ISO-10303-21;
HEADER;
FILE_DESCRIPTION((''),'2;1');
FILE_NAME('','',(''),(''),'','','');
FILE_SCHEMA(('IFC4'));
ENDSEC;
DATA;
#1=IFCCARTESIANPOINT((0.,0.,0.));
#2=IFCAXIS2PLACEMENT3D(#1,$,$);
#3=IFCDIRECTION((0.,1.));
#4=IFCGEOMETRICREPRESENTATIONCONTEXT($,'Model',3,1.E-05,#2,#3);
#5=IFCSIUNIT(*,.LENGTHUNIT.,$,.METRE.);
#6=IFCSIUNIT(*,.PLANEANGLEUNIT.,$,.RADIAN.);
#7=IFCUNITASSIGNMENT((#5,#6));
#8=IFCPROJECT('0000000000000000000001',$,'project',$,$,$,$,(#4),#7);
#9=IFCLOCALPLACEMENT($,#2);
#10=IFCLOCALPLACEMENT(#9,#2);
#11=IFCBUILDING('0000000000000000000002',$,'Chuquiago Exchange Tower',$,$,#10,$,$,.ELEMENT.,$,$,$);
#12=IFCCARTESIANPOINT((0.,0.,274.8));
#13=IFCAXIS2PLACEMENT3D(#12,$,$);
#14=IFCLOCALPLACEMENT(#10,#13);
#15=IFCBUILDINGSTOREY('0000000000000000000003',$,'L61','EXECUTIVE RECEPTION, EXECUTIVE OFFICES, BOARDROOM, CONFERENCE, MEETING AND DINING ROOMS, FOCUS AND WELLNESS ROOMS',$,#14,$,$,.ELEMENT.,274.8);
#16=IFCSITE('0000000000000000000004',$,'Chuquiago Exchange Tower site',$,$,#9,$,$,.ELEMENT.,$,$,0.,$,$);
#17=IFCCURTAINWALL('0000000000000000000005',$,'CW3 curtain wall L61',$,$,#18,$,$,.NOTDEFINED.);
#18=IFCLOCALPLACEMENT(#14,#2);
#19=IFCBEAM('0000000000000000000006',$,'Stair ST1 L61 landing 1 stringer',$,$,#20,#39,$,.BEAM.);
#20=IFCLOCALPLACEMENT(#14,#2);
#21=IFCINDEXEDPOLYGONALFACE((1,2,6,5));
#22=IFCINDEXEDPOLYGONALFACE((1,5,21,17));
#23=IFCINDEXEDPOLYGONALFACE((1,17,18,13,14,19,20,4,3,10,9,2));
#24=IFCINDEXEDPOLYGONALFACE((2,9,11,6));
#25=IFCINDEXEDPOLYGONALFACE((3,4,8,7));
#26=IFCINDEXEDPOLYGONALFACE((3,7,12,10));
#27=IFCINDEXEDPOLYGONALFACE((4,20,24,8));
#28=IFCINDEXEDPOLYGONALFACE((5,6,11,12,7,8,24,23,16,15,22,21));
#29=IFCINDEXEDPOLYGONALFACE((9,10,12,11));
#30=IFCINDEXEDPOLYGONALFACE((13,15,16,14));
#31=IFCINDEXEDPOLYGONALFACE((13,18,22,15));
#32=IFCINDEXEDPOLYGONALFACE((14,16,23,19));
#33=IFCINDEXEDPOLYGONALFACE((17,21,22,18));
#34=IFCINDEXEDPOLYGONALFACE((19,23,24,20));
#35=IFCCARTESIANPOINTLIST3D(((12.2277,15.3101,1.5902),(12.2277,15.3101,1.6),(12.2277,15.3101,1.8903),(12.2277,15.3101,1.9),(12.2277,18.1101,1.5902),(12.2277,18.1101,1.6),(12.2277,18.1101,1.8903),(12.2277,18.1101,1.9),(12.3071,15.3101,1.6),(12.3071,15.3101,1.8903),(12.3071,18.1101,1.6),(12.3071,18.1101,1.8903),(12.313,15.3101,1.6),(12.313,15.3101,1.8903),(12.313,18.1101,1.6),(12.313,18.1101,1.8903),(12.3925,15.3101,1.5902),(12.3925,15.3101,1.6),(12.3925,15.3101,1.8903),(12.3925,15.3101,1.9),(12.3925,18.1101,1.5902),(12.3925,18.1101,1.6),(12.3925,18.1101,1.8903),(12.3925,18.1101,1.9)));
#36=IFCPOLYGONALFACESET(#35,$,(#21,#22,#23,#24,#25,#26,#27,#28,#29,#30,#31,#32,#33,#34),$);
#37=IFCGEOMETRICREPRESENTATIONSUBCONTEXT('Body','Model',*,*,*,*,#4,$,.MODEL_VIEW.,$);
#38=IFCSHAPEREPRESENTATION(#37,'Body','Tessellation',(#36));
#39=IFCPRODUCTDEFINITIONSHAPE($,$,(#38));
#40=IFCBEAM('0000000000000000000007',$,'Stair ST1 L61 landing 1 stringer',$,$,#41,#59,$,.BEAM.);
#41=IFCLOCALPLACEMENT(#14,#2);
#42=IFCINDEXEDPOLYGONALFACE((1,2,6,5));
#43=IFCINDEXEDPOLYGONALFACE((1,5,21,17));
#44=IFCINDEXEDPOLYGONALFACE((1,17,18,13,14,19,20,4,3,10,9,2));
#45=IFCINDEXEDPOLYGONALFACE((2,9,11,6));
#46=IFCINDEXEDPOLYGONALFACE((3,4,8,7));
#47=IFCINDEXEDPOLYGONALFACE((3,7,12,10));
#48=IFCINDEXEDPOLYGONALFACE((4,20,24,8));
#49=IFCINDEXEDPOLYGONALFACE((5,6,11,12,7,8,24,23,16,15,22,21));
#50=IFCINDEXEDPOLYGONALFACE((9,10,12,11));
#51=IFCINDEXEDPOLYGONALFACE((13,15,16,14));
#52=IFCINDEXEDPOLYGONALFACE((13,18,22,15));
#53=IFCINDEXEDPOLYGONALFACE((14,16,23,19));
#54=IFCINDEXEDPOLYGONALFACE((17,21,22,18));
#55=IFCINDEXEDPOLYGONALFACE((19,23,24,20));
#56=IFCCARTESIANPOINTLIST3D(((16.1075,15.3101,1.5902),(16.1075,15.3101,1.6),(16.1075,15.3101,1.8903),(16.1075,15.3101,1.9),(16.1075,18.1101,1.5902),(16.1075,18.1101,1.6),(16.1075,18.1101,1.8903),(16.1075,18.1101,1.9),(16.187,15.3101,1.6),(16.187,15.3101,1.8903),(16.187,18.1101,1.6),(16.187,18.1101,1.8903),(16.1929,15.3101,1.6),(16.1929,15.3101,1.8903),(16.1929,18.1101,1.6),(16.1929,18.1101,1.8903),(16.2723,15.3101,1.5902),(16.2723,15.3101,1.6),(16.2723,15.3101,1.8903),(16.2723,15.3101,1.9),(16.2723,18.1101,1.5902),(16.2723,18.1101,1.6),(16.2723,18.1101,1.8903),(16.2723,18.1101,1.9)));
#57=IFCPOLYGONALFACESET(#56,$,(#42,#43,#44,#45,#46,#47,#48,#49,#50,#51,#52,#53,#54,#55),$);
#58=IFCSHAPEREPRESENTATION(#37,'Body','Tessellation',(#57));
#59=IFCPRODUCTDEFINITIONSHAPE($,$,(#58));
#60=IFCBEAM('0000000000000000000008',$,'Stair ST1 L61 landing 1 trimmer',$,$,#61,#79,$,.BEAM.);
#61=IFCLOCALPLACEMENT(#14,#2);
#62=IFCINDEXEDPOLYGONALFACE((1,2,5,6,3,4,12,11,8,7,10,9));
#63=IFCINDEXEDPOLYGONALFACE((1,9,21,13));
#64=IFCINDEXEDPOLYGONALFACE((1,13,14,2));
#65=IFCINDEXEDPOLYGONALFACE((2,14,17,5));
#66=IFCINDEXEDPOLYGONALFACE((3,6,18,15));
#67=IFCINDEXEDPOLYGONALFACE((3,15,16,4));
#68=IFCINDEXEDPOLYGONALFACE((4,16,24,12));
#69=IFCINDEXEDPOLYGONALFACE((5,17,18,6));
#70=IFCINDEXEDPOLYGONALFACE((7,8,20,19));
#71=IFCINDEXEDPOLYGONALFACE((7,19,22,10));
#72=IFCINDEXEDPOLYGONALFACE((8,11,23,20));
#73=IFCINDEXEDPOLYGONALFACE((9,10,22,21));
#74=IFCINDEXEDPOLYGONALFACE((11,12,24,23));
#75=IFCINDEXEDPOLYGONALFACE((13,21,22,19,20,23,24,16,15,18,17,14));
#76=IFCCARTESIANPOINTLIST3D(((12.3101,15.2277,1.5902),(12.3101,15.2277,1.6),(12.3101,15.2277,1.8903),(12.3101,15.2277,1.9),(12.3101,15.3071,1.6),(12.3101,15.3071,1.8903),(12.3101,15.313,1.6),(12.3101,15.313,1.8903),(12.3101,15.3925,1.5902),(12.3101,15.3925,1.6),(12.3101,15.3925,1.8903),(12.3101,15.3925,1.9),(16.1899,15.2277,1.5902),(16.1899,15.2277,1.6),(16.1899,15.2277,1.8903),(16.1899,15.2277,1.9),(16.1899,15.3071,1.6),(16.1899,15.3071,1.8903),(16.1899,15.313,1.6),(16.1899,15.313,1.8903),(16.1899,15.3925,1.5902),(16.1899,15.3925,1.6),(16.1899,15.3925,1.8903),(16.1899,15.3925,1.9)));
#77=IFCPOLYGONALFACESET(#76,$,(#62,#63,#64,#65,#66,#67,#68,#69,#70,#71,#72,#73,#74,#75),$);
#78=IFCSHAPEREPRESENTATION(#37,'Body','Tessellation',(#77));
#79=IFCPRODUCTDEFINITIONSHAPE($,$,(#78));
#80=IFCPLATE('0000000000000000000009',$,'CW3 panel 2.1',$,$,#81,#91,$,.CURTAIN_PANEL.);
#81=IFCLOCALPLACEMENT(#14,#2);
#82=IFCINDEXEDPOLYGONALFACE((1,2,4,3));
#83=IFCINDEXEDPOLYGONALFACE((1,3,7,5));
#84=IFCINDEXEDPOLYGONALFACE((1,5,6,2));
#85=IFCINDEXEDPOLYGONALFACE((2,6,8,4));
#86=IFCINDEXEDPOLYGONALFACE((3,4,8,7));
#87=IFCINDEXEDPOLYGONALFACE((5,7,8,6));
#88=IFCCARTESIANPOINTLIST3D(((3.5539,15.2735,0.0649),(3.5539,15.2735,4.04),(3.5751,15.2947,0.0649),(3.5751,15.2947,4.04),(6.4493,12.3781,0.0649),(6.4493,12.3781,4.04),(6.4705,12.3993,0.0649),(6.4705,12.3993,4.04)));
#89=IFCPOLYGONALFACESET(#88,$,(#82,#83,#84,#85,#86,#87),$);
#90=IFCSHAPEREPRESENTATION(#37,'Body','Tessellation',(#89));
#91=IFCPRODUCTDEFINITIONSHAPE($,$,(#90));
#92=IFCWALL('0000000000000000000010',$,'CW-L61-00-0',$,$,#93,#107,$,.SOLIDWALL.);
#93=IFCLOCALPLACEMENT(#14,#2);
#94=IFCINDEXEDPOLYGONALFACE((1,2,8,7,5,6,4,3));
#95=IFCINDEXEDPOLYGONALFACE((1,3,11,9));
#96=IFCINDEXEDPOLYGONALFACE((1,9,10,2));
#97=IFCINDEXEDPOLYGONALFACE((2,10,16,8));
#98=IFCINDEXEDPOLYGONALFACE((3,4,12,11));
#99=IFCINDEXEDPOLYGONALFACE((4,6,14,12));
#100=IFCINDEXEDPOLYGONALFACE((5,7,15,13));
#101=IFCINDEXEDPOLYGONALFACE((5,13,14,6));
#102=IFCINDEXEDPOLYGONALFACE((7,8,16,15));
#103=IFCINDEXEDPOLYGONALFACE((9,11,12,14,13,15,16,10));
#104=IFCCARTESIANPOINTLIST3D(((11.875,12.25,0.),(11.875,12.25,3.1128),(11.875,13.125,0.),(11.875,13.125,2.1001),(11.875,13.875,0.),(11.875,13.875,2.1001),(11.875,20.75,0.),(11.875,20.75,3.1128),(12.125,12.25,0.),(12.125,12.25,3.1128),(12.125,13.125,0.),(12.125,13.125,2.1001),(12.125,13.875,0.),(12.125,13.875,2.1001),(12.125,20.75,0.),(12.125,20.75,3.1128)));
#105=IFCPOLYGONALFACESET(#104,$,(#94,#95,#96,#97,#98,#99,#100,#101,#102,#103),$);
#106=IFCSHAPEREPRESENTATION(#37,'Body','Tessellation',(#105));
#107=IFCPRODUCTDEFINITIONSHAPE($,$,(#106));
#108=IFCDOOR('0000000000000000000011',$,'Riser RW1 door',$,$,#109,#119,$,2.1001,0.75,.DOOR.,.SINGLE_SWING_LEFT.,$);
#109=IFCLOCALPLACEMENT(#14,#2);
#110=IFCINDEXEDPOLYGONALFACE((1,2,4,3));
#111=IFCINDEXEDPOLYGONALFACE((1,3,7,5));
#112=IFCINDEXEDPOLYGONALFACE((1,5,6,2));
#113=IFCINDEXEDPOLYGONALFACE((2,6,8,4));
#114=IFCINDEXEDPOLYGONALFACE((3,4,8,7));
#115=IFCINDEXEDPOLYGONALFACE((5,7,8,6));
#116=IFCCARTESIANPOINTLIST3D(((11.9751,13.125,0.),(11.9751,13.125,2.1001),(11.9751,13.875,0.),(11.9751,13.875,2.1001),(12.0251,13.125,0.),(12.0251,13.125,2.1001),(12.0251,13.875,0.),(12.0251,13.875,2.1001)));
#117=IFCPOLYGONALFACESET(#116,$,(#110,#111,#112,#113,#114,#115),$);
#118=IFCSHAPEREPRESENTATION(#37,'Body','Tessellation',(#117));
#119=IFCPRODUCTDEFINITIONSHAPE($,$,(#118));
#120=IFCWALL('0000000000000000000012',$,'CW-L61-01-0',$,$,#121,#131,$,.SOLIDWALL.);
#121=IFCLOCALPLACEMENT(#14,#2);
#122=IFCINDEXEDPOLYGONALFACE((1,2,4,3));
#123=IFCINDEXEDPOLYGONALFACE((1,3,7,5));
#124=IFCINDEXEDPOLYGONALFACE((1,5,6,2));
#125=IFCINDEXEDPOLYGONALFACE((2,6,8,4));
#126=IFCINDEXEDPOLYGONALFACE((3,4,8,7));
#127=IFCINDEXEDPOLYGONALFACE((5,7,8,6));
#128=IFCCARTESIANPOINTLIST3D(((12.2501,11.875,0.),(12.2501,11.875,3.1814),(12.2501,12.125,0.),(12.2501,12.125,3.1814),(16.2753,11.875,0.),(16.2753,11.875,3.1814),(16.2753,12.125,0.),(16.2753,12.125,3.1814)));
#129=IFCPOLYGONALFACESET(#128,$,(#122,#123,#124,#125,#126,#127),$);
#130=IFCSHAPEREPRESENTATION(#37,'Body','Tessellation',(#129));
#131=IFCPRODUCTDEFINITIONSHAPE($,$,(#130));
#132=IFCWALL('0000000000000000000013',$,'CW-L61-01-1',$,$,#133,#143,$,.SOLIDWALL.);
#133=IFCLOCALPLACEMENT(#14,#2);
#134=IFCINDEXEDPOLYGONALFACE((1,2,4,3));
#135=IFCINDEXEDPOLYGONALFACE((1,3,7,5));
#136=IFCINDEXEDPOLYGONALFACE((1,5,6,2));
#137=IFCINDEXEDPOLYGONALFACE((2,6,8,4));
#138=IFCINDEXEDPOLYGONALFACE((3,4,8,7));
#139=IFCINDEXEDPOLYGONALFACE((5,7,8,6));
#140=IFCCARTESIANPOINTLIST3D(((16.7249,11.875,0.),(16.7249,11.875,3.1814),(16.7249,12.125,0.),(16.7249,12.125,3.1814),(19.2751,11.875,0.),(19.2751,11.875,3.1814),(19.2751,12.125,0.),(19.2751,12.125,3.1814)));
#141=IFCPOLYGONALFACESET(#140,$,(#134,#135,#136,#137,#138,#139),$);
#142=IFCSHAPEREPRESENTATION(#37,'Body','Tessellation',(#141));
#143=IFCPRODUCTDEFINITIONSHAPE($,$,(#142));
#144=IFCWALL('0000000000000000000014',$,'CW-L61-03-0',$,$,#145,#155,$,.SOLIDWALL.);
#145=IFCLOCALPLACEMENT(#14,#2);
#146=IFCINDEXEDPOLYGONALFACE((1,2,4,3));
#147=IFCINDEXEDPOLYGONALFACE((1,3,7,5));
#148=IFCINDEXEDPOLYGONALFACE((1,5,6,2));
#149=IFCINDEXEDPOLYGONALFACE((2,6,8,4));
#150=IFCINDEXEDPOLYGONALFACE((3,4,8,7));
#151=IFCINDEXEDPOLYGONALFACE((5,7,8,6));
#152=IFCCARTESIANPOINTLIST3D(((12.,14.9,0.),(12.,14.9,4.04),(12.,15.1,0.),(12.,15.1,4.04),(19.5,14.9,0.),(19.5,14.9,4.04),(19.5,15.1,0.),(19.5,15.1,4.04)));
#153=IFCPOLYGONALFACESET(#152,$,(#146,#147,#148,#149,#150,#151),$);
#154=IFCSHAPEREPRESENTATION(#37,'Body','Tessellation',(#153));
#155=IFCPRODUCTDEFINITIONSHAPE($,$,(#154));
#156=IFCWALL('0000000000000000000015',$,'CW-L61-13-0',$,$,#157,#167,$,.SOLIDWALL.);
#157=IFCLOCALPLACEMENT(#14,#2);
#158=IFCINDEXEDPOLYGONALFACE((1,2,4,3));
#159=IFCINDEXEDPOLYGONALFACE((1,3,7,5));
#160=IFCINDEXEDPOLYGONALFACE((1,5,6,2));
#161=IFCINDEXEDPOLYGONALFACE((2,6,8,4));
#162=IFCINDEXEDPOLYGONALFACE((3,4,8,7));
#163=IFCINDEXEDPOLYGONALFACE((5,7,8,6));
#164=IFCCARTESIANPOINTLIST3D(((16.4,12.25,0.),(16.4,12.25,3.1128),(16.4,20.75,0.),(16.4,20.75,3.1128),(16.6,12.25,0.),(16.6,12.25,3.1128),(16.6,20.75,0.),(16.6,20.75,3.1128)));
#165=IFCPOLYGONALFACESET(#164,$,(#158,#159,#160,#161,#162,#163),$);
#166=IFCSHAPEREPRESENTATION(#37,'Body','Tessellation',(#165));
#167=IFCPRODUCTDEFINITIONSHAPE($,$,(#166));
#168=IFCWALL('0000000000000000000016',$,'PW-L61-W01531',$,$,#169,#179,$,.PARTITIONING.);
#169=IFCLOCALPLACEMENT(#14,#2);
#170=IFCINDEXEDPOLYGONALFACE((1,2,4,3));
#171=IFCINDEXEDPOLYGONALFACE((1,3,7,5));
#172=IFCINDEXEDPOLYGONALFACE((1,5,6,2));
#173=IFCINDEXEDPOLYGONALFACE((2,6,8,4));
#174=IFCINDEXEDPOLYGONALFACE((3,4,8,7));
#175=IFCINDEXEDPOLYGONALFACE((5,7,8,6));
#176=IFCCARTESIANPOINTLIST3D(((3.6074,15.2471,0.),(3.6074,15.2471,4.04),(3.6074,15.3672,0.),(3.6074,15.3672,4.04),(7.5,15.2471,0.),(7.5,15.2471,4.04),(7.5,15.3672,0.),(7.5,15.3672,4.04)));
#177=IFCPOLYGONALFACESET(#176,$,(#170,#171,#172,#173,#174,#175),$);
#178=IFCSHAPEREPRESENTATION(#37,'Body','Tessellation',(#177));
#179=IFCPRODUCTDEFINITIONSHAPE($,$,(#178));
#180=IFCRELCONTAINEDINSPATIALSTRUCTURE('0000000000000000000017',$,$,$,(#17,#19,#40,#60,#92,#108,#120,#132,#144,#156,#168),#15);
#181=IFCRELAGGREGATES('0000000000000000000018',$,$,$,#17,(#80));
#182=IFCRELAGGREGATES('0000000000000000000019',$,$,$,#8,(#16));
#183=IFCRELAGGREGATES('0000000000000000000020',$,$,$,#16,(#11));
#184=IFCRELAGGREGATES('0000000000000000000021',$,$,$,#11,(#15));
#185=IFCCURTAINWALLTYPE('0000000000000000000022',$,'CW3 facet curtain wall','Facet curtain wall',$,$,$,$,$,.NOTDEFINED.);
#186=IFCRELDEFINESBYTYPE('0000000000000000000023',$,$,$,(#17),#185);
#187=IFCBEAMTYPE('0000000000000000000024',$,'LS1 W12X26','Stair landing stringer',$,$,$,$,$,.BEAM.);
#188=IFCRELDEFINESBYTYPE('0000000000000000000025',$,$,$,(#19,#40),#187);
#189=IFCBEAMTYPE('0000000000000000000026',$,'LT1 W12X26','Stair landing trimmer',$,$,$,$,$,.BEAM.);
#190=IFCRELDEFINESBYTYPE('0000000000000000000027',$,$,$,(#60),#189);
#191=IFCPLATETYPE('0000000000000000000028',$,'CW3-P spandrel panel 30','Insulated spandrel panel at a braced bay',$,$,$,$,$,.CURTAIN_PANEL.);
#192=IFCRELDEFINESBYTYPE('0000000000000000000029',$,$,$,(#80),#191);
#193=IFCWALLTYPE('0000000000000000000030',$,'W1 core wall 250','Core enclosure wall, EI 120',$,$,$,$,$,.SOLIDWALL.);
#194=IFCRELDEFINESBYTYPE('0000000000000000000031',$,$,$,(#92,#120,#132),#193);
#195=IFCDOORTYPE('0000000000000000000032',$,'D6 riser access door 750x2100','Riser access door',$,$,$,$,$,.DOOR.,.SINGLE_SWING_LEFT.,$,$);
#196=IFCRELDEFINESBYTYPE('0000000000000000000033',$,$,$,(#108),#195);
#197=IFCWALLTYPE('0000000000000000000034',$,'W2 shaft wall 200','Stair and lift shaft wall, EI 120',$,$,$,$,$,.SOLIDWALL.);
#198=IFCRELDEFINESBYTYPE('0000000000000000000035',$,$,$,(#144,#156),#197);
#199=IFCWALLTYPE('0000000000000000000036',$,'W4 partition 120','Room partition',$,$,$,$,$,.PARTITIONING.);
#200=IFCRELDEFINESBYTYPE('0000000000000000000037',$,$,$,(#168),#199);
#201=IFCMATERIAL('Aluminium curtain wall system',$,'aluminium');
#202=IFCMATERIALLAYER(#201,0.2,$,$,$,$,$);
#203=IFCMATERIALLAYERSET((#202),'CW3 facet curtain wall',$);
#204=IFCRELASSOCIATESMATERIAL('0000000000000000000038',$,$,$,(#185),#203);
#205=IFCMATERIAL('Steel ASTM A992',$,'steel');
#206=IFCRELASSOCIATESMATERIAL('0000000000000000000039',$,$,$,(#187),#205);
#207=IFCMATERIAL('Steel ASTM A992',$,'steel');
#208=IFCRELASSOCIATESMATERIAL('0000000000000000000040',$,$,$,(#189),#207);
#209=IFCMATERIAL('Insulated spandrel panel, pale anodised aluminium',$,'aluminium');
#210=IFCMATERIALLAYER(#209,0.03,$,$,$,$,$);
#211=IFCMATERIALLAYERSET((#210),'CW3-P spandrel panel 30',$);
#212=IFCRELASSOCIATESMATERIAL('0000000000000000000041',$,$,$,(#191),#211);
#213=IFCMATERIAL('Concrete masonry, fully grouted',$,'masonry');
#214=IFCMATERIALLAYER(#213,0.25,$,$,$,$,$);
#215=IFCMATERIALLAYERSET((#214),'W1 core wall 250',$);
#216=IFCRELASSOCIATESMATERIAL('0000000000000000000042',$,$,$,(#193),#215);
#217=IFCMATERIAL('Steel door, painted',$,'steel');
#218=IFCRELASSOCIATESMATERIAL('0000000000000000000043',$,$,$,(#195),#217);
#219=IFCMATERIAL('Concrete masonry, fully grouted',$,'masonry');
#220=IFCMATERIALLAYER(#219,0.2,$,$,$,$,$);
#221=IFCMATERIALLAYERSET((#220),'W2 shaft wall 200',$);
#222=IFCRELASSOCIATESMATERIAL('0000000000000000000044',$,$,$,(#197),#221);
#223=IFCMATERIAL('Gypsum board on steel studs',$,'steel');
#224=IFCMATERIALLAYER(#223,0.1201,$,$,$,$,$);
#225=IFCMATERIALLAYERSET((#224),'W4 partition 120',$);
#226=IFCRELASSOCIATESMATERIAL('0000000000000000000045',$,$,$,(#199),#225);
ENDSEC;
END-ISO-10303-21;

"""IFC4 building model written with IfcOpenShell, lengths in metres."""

from ifc_helpers import new_model, si_unit, direction, frame, frame_2d, origin, origin_2d, place, context, subcontext, project, spatial, rectangle, i_section, extrude, material, layer, layer_set, material_profile, profile_set, type_object, element, fill, aggregate, save


model = new_model("IFC4")

# Units and contexts
model_context = context("Model", 3, precision=1e-05, world=origin(), true_north=direction((0.0, 1.0)))
body_context = subcontext(model_context, "Body", "Model", "MODEL_VIEW")
ifc_project = project(units=[si_unit("LENGTHUNIT", "METRE"), si_unit("PLANEANGLEUNIT", "RADIAN")], contexts=[model_context])

# Site, building, storey
site_placement = place(None, origin())
site = spatial("IfcSite", under=ifc_project, at=site_placement, Name="Chuquiago Exchange Tower site", CompositionType="ELEMENT", RefElevation=0.0)
building_placement = place(site_placement, origin())
building = spatial("IfcBuilding", under=site, at=building_placement, Name="Chuquiago Exchange Tower", CompositionType="ELEMENT")
storey_placement = place(building_placement, frame((0.0, 0.0, 274.8)))
storey = spatial("IfcBuildingStorey", under=building, at=storey_placement, Name="L61", Description="EXECUTIVE RECEPTION, EXECUTIVE OFFICES, BOARDROOM, CONFERENCE, MEETING AND DINING ROOMS, FOCUS AND WELLNESS ROOMS", CompositionType="ELEMENT", Elevation=274.8)

# Curtain wall
ifc_material_1 = material(Name="Aluminium curtain wall system", Category="aluminium")
ifc_layer_1 = layer(ifc_material_1, 0.2)
ifc_layer_set_1 = layer_set([ifc_layer_1], Name="CW3 facet curtain wall")
curtain_wall_type = type_object("IfcCurtainWallType", Name="CW3 facet curtain wall", Description="Facet curtain wall", PredefinedType="NOTDEFINED", material=ifc_layer_set_1)
curtain_wall_placement = place(storey_placement, origin())
curtain_wall = element("IfcCurtainWall", 1, at=curtain_wall_placement, inside=storey, type_object=curtain_wall_type, Name="CW3 curtain wall L61", PredefinedType="NOTDEFINED")

# Beams
ifc_material_2 = material(Name="Steel ASTM A992", Category="steel")
ifc_material_profile_1 = material_profile(ifc_material_2, i_section(OverallWidth=0.1648, OverallDepth=0.3098, WebThickness=0.0059, FlangeThickness=0.0098, at=origin_2d()), Name="W12X26")
ifc_profile_set_1 = profile_set([ifc_material_profile_1], Name="Steel ASTM A992")
beam_type_1 = type_object("IfcBeamType", Name="LS1 W12X26", Description="Stair landing stringer", PredefinedType="BEAM", material=ifc_profile_set_1)
for number, where, z_axis, x_axis, name in (
    (2, (12.3101, 15.3101, 1.7451), (0.0, 1.0, 0.0), (-1.0, 0.0, 0.0), "Stair ST1 L61 landing 1 stringer"),
    (3, (16.1899, 15.3101, 1.7451), (0.0, 1.0, 0.0), (-1.0, 0.0, 0.0), "Stair ST1 L61 landing 1 stringer"),
):
    element("IfcBeam", number, at=place(storey_placement, frame(where, z_axis=z_axis, x_axis=x_axis)), inside=storey, type_object=beam_type_1, Name=name, PredefinedType="BEAM", context=body_context, shape_type="SweptSolid", body=[
        extrude(i_section(OverallWidth=0.1648, OverallDepth=0.3098, WebThickness=0.0059, FlangeThickness=0.0098, at=origin_2d()), origin(), (0.0, 0.0, 1.0), 2.8),
    ])
ifc_material_3 = material(Name="Steel ASTM A992", Category="steel")
ifc_material_profile_2 = material_profile(ifc_material_3, i_section(OverallWidth=0.1648, OverallDepth=0.3098, WebThickness=0.0059, FlangeThickness=0.0098, at=origin_2d()), Name="W12X26")
ifc_profile_set_2 = profile_set([ifc_material_profile_2], Name="Steel ASTM A992")
beam_type_2 = type_object("IfcBeamType", Name="LT1 W12X26", Description="Stair landing trimmer", PredefinedType="BEAM", material=ifc_profile_set_2)
beam_1_placement = place(storey_placement, frame((12.3101, 15.3101, 1.7451), z_axis=(1.0, 0.0, 0.0), x_axis=(0.0, 1.0, 0.0)))
element("IfcBeam", 4, at=beam_1_placement, inside=storey, type_object=beam_type_2, Name="Stair ST1 L61 landing 1 trimmer", PredefinedType="BEAM", context=body_context, shape_type="SweptSolid", body=[
    extrude(i_section(OverallWidth=0.1648, OverallDepth=0.3098, WebThickness=0.0059, FlangeThickness=0.0098, at=origin_2d()), origin(), (0.0, 0.0, 1.0), 3.8799),
])

# Plate
ifc_material_4 = material(Name="Insulated spandrel panel, pale anodised aluminium", Category="aluminium")
ifc_layer_2 = layer(ifc_material_4, 0.03)
ifc_layer_set_2 = layer_set([ifc_layer_2], Name="CW3-P spandrel panel 30")
plate_type = type_object("IfcPlateType", Name="CW3-P spandrel panel 30", Description="Insulated spandrel panel at a braced bay", PredefinedType="CURTAIN_PANEL", material=ifc_layer_set_2)
plate_placement = place(storey_placement, frame((5.0122, 13.8364, 0.0649), z_axis=(0.0, 0.0, 1.0), x_axis=(0.707107, -0.707107, 0.0)))
plate = element("IfcPlate", 5, at=plate_placement, type_object=plate_type, Name="CW3 panel 2.1", PredefinedType="CURTAIN_PANEL", context=body_context, shape_type="SweptSolid", body=[
    extrude(rectangle(XDim=4.0947, YDim=0.03, at=origin_2d()), origin(), (0.0, 0.0, 1.0), 3.9751),
])
aggregate(curtain_wall, [plate])

# Wall, opening, door
ifc_material_5 = material(Name="Concrete masonry, fully grouted", Category="masonry")
ifc_layer_3 = layer(ifc_material_5, 0.25)
ifc_layer_set_3 = layer_set([ifc_layer_3], Name="W1 core wall 250")
wall_type_1 = type_object("IfcWallType", Name="W1 core wall 250", Description="Core enclosure wall, EI 120", PredefinedType="SOLIDWALL", material=ifc_layer_set_3)
wall_1_placement = place(storey_placement, frame((12.0, 12.25, 0.0), z_axis=(0.0, 0.0, 1.0), x_axis=(0.0, 1.0, 0.0)))
wall_1 = element("IfcWall", 6, at=wall_1_placement, inside=storey, type_object=wall_type_1, Name="CW-L61-00-0", PredefinedType="SOLIDWALL", context=body_context, shape_type="SweptSolid", body=[
    extrude(rectangle(XDim=8.5, YDim=0.25, at=frame_2d((4.25, 0.0))), origin(), (0.0, 0.0, 1.0), 3.1128),
])
opening_1_placement = place(wall_1_placement, frame((0.875, 0.0, 0.0)))
opening_1 = element("IfcOpeningElement", 7, at=opening_1_placement, cuts=wall_1, PredefinedType="OPENING", context=body_context, shape_type="SweptSolid", body=[
    extrude(rectangle(XDim=0.75, YDim=2.1001, at=frame_2d((0.375, 1.05))), frame((0.0, 0.135, 0.0), z_axis=(0.0, -1.0, 0.0), x_axis=(1.0, 0.0, 0.0)), (0.0, 0.0, 1.0), 0.27),
])
ifc_material_6 = material(Name="Steel door, painted", Category="steel")
door_type_1 = type_object("IfcDoorType", Name="D6 riser access door 750x2100", Description="Riser access door", OperationType="SINGLE_SWING_LEFT", PredefinedType="DOOR", material=ifc_material_6)
door_1_placement = place(opening_1_placement, origin())
door_1 = element("IfcDoor", 8, at=door_1_placement, inside=storey, type_object=door_type_1, Name="Riser RW1 door", OperationType="SINGLE_SWING_LEFT", OverallHeight=2.1001, OverallWidth=0.75, PredefinedType="DOOR", context=body_context, shape_type="SweptSolid", body=[
    extrude(rectangle(XDim=0.75, YDim=2.1001, at=frame_2d((0.375, 1.05))), frame((0.0, 0.0249, 0.0), z_axis=(0.0, -1.0, 0.0), x_axis=(1.0, 0.0, 0.0)), (0.0, 0.0, 1.0), 0.05),
])
fill(opening_1, door_1)

# Walls
wall_2_placement = place(storey_placement, frame((12.25, 12.0, 0.0), z_axis=(0.0, 0.0, 1.0), x_axis=(1.0, 0.0, 0.0)))
element("IfcWall", 9, at=wall_2_placement, inside=storey, type_object=wall_type_1, Name="CW-L61-01-0", PredefinedType="SOLIDWALL", context=body_context, shape_type="SweptSolid", body=[
    extrude(rectangle(XDim=4.0251, YDim=0.25, at=frame_2d((2.0127, 0.0))), origin(), (0.0, 0.0, 1.0), 3.1814),
])
wall_3_placement = place(storey_placement, frame((16.7249, 12.0, 0.0), z_axis=(0.0, 0.0, 1.0), x_axis=(1.0, 0.0, 0.0)))
element("IfcWall", 10, at=wall_3_placement, inside=storey, type_object=wall_type_1, Name="CW-L61-01-1", PredefinedType="SOLIDWALL", context=body_context, shape_type="SweptSolid", body=[
    extrude(rectangle(XDim=2.5503, YDim=0.25, at=frame_2d((1.2751, 0.0))), origin(), (0.0, 0.0, 1.0), 3.1814),
])
ifc_material_7 = material(Name="Concrete masonry, fully grouted", Category="masonry")
ifc_layer_4 = layer(ifc_material_7, 0.2)
ifc_layer_set_4 = layer_set([ifc_layer_4], Name="W2 shaft wall 200")
wall_type_2 = type_object("IfcWallType", Name="W2 shaft wall 200", Description="Stair and lift shaft wall, EI 120", PredefinedType="SOLIDWALL", material=ifc_layer_set_4)
wall_4_placement = place(storey_placement, frame((12.0, 15.0, 0.0), z_axis=(0.0, 0.0, 1.0), x_axis=(1.0, 0.0, 0.0)))
element("IfcWall", 11, at=wall_4_placement, inside=storey, type_object=wall_type_2, Name="CW-L61-03-0", PredefinedType="SOLIDWALL", context=body_context, shape_type="SweptSolid", body=[
    extrude(rectangle(XDim=7.5, YDim=0.2, at=frame_2d((3.75, 0.0))), origin(), (0.0, 0.0, 1.0), 4.04),
])
wall_5_placement = place(storey_placement, frame((16.5, 12.25, 0.0), z_axis=(0.0, 0.0, 1.0), x_axis=(0.0, 1.0, 0.0)))
element("IfcWall", 12, at=wall_5_placement, inside=storey, type_object=wall_type_2, Name="CW-L61-13-0", PredefinedType="SOLIDWALL", context=body_context, shape_type="SweptSolid", body=[
    extrude(rectangle(XDim=8.5, YDim=0.2, at=frame_2d((4.25, 0.0))), origin(), (0.0, 0.0, 1.0), 3.1128),
])
ifc_material_8 = material(Name="Gypsum board on steel studs", Category="steel")
ifc_layer_5 = layer(ifc_material_8, 0.1201)
ifc_layer_set_5 = layer_set([ifc_layer_5], Name="W4 partition 120")
wall_type_3 = type_object("IfcWallType", Name="W4 partition 120", Description="Room partition", PredefinedType="PARTITIONING", material=ifc_layer_set_5)
wall_6_placement = place(storey_placement, frame((3.6074, 15.3071, 0.0), z_axis=(0.0, 0.0, 1.0), x_axis=(1.0, 0.0, 0.0)))
element("IfcWall", 13, at=wall_6_placement, inside=storey, type_object=wall_type_3, Name="PW-L61-W01531", PredefinedType="PARTITIONING", context=body_context, shape_type="SweptSolid", body=[
    extrude(rectangle(XDim=3.8926, YDim=0.1201, at=frame_2d((1.9463, 0.0))), origin(), (0.0, 0.0, 1.0), 4.04),
])

save(model, "model.ifc")
